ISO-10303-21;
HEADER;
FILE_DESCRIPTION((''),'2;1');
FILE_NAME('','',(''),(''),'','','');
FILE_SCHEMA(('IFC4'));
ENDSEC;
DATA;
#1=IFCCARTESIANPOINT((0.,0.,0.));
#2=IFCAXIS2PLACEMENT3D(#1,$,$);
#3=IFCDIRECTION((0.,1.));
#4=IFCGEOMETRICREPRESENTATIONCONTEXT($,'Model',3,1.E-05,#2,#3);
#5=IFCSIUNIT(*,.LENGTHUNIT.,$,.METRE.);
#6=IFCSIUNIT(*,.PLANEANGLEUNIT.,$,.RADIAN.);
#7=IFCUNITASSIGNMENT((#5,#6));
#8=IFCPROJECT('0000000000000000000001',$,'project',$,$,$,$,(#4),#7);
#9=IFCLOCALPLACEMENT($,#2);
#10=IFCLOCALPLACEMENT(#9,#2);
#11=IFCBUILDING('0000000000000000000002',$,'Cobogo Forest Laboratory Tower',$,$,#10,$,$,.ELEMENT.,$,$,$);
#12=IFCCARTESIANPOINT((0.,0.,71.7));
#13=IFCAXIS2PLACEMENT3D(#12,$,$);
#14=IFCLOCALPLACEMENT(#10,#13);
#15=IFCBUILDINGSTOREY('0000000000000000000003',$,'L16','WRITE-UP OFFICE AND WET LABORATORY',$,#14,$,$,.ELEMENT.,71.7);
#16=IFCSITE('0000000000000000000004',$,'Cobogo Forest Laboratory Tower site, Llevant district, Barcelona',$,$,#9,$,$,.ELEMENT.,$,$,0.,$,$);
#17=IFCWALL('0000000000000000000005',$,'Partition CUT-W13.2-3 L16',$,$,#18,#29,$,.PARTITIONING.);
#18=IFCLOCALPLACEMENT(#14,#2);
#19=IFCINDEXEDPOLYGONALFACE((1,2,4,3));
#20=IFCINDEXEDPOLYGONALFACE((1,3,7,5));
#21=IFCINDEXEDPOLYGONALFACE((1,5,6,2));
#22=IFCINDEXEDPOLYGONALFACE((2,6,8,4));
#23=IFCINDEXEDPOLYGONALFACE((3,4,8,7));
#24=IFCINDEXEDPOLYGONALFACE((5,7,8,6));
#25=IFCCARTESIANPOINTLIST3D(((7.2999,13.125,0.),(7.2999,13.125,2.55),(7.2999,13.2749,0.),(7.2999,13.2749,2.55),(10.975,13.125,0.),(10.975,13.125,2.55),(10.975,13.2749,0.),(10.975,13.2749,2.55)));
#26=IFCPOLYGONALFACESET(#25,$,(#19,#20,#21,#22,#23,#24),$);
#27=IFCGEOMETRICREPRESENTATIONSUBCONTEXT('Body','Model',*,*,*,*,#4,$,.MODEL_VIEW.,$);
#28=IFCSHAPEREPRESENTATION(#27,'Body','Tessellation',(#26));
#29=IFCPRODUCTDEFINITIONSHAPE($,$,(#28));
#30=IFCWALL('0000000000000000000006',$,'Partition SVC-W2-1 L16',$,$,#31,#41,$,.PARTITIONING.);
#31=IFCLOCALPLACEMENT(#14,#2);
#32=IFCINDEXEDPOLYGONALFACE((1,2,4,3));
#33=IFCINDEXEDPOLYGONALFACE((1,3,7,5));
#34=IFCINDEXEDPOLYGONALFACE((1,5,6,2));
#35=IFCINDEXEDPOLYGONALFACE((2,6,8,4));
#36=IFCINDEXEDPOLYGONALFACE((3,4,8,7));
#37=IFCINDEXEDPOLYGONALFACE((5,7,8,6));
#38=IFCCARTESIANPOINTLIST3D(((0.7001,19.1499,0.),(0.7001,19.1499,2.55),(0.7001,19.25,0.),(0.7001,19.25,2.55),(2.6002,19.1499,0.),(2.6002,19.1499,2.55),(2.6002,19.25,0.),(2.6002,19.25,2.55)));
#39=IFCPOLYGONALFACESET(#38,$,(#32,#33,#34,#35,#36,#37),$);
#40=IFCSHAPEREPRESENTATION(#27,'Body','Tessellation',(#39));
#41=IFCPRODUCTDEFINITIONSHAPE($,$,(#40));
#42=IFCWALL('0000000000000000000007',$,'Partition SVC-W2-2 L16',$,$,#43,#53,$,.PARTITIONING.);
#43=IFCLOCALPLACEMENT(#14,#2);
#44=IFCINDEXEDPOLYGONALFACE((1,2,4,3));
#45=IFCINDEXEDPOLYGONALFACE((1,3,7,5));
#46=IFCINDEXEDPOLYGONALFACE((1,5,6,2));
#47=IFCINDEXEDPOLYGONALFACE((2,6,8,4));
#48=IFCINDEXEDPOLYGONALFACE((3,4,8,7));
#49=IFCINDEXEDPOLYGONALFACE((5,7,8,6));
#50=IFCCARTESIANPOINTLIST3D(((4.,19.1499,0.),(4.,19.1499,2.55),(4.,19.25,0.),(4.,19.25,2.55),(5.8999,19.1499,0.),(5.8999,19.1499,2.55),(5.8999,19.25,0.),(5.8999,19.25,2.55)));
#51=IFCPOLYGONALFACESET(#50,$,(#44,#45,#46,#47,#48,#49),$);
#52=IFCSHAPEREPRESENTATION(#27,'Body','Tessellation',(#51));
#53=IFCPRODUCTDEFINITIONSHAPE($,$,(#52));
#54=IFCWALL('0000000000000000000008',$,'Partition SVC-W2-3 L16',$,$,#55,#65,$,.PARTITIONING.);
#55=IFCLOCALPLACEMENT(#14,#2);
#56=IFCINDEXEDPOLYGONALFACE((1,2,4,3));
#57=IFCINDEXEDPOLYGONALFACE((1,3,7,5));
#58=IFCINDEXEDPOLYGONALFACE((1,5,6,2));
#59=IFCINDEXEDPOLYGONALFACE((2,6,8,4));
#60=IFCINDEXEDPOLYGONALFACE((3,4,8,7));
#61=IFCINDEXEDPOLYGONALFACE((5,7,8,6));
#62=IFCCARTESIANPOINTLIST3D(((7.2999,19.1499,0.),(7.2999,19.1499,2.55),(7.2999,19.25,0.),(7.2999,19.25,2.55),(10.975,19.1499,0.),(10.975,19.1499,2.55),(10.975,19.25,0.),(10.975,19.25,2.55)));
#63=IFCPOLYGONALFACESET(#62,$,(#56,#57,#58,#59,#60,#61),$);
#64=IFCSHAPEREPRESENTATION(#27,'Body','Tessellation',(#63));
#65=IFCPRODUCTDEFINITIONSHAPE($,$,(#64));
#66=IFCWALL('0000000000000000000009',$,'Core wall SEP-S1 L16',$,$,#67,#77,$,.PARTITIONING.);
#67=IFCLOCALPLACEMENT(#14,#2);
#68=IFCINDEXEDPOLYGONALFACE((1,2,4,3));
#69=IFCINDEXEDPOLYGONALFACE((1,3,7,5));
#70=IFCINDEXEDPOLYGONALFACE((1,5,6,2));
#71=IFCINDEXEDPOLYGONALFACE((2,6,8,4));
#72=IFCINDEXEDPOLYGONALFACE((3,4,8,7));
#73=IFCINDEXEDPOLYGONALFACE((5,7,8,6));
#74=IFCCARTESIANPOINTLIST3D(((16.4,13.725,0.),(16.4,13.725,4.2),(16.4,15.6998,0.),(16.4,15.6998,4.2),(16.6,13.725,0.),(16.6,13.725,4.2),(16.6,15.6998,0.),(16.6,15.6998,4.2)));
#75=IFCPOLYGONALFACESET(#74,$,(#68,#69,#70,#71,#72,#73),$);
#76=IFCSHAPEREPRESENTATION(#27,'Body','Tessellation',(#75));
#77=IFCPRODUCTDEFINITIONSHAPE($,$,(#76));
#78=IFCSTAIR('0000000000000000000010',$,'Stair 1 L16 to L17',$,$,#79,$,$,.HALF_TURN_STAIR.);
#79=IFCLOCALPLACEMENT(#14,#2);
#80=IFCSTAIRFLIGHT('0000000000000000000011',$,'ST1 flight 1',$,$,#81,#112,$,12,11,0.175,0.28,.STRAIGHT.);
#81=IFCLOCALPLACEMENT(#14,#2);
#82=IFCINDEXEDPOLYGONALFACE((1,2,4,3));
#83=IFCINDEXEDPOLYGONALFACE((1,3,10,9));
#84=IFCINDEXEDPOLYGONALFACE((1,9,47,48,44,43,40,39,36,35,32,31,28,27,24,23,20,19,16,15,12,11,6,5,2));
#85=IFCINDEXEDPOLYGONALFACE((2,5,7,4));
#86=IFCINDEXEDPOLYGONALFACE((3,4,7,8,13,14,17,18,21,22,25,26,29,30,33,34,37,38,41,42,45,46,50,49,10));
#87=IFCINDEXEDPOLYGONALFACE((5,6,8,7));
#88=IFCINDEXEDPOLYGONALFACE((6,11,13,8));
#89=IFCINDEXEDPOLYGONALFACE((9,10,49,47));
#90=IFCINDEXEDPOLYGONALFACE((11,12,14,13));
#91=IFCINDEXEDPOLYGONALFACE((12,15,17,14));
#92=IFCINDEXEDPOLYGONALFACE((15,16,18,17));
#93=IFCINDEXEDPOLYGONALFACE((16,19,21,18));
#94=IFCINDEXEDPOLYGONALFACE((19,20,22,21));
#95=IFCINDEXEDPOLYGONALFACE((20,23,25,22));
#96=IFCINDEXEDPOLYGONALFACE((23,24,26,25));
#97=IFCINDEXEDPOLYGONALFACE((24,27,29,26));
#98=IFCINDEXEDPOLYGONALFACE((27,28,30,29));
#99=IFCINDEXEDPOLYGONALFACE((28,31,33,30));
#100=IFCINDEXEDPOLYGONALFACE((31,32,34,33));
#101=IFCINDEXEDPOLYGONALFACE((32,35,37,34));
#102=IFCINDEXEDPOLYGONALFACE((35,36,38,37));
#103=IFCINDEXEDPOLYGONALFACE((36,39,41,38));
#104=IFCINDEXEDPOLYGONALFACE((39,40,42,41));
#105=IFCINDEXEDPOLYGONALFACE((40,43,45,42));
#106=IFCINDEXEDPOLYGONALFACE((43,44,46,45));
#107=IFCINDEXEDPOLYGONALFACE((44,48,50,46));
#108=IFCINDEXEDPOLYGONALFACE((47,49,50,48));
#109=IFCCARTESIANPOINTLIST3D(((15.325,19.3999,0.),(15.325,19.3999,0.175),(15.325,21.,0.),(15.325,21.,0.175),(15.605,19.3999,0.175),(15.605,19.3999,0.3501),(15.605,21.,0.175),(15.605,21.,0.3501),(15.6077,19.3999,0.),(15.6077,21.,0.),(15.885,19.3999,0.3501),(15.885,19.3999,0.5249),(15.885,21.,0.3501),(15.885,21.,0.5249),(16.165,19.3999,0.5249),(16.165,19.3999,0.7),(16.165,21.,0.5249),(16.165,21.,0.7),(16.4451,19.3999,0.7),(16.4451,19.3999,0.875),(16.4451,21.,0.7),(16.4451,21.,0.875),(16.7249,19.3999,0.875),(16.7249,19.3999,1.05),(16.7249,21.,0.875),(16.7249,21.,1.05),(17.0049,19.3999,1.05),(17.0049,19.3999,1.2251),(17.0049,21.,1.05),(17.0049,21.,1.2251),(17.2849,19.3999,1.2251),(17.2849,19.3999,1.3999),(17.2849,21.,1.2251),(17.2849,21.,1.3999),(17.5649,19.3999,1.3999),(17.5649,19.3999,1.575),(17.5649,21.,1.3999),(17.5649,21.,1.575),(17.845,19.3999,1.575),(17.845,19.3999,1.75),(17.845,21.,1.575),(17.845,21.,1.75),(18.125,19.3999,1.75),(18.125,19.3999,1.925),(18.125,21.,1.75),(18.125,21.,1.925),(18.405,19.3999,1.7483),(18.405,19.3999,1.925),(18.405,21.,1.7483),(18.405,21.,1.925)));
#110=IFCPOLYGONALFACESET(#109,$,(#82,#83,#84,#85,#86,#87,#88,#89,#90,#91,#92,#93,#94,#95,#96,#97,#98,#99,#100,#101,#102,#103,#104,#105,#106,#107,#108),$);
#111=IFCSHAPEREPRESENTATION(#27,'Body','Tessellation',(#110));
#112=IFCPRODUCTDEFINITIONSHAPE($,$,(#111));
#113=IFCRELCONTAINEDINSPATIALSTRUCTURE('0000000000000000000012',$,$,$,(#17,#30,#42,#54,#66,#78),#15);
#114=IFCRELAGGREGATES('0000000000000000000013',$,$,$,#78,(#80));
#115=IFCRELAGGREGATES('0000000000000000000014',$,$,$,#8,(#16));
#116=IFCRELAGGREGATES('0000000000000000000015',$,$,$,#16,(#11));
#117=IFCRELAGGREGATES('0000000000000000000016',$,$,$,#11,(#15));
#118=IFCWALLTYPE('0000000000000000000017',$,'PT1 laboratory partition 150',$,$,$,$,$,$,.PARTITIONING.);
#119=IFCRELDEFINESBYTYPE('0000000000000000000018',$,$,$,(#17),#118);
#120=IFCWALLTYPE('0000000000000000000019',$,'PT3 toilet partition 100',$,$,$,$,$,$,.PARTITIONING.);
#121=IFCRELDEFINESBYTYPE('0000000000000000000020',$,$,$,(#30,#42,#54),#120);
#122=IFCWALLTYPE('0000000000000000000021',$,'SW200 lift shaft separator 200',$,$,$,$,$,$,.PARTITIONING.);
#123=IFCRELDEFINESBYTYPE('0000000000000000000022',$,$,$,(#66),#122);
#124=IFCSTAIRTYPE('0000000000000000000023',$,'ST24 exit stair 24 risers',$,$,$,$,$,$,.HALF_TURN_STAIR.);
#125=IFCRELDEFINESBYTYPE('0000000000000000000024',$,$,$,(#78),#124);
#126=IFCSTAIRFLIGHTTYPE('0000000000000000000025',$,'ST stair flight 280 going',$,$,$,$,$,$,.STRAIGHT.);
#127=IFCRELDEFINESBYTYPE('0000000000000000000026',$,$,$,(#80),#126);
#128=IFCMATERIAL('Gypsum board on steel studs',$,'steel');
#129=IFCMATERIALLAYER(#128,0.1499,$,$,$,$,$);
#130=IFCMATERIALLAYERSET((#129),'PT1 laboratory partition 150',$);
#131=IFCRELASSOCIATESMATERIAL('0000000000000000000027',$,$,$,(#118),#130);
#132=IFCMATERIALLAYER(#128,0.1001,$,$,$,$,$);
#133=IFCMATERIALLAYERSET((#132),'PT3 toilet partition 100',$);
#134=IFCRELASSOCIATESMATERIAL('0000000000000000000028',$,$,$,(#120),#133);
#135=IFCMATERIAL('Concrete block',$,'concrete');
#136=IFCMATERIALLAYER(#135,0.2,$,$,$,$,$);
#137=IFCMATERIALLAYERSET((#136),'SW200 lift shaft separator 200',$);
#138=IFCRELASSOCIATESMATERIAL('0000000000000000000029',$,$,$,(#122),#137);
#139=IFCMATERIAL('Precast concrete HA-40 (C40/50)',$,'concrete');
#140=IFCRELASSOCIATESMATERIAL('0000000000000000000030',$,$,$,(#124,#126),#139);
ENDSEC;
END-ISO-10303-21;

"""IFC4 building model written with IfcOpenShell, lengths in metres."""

from ifc_helpers import new_model, si_unit, direction, frame, frame_2d, origin, place, context, subcontext, project, spatial, polyline, rectangle, outline, extrude, material, layer, layer_set, type_object, element, aggregate, save


model = new_model("IFC4")

# Units and contexts
model_context = context("Model", 3, precision=1e-05, world=origin(), true_north=direction((0.0, 1.0)))
body_context = subcontext(model_context, "Body", "Model", "MODEL_VIEW")
ifc_project = project(units=[si_unit("LENGTHUNIT", "METRE"), si_unit("PLANEANGLEUNIT", "RADIAN")], contexts=[model_context])

# Site, building, storey
site_placement = place(None, origin())
site = spatial("IfcSite", under=ifc_project, at=site_placement, Name="Cobogo Forest Laboratory Tower site, Llevant district, Barcelona", CompositionType="ELEMENT", RefElevation=0.0)
building_placement = place(site_placement, origin())
building = spatial("IfcBuilding", under=site, at=building_placement, Name="Cobogo Forest Laboratory Tower", CompositionType="ELEMENT")
storey_placement = place(building_placement, frame((0.0, 0.0, 71.7)))
storey = spatial("IfcBuildingStorey", under=building, at=storey_placement, Name="L16", Description="WRITE-UP OFFICE AND WET LABORATORY", CompositionType="ELEMENT", Elevation=71.7)

# Walls
ifc_material_1 = material(Name="Gypsum board on steel studs", Category="steel")
ifc_layer_1 = layer(ifc_material_1, 0.1499)
ifc_layer_set_1 = layer_set([ifc_layer_1], Name="PT1 laboratory partition 150")
wall_type_1 = type_object("IfcWallType", Name="PT1 laboratory partition 150", PredefinedType="PARTITIONING", material=ifc_layer_set_1)
wall_1_placement = place(storey_placement, frame((7.3, 13.2, 0.0), z_axis=(0.0, 0.0, 1.0), x_axis=(1.0, 0.0, 0.0)))
element("IfcWall", 1, at=wall_1_placement, inside=storey, type_object=wall_type_1, Name="Partition CUT-W13.2-3 L16", PredefinedType="PARTITIONING", context=body_context, shape_type="SweptSolid", body=[
    extrude(rectangle(XDim=3.675, YDim=0.1499, at=frame_2d((1.8374, 0.0))), origin(), (0.0, 0.0, 1.0), 2.55),
])
ifc_layer_2 = layer(ifc_material_1, 0.1001)
ifc_layer_set_2 = layer_set([ifc_layer_2], Name="PT3 toilet partition 100")
wall_type_2 = type_object("IfcWallType", Name="PT3 toilet partition 100", PredefinedType="PARTITIONING", material=ifc_layer_set_2)
wall_2_placement = place(storey_placement, frame((0.7, 19.2, 0.0), z_axis=(0.0, 0.0, 1.0), x_axis=(1.0, 0.0, 0.0)))
element("IfcWall", 2, at=wall_2_placement, inside=storey, type_object=wall_type_2, Name="Partition SVC-W2-1 L16", PredefinedType="PARTITIONING", context=body_context, shape_type="SweptSolid", body=[
    extrude(rectangle(XDim=1.9001, YDim=0.1001, at=frame_2d((0.9502, 0.0))), origin(), (0.0, 0.0, 1.0), 2.55),
])
wall_3_placement = place(storey_placement, frame((4.0, 19.2, 0.0), z_axis=(0.0, 0.0, 1.0), x_axis=(1.0, 0.0, 0.0)))
element("IfcWall", 3, at=wall_3_placement, inside=storey, type_object=wall_type_2, Name="Partition SVC-W2-2 L16", PredefinedType="PARTITIONING", context=body_context, shape_type="SweptSolid", body=[
    extrude(rectangle(XDim=1.8999, YDim=0.1001, at=frame_2d((0.95, 0.0))), origin(), (0.0, 0.0, 1.0), 2.55),
])
wall_4_placement = place(storey_placement, frame((7.3, 19.2, 0.0), z_axis=(0.0, 0.0, 1.0), x_axis=(1.0, 0.0, 0.0)))
element("IfcWall", 4, at=wall_4_placement, inside=storey, type_object=wall_type_2, Name="Partition SVC-W2-3 L16", PredefinedType="PARTITIONING", context=body_context, shape_type="SweptSolid", body=[
    extrude(rectangle(XDim=3.675, YDim=0.1001, at=frame_2d((1.8374, 0.0))), origin(), (0.0, 0.0, 1.0), 2.55),
])
ifc_material_2 = material(Name="Concrete block", Category="concrete")
ifc_layer_3 = layer(ifc_material_2, 0.2)
ifc_layer_set_3 = layer_set([ifc_layer_3], Name="SW200 lift shaft separator 200")
wall_type_3 = type_object("IfcWallType", Name="SW200 lift shaft separator 200", PredefinedType="PARTITIONING", material=ifc_layer_set_3)
wall_5_placement = place(storey_placement, frame((16.5, 13.7251, 0.0), z_axis=(0.0, 0.0, 1.0), x_axis=(0.0, 1.0, 0.0)))
element("IfcWall", 5, at=wall_5_placement, inside=storey, type_object=wall_type_3, Name="Core wall SEP-S1 L16", PredefinedType="PARTITIONING", context=body_context, shape_type="SweptSolid", body=[
    extrude(rectangle(XDim=1.9749, YDim=0.2, at=frame_2d((0.9873, 0.0))), origin(), (0.0, 0.0, 1.0), 4.2),
])

# Stair, stair flight
ifc_material_3 = material(Name="Precast concrete HA-40 (C40/50)", Category="concrete")
stair_type = type_object("IfcStairType", Name="ST24 exit stair 24 risers", PredefinedType="HALF_TURN_STAIR", material=ifc_material_3)
stair_placement = place(storey_placement, origin())
stair = element("IfcStair", 6, at=stair_placement, inside=storey, type_object=stair_type, Name="Stair 1 L16 to L17", PredefinedType="HALF_TURN_STAIR")
stair_flight_type = type_object("IfcStairFlightType", Name="ST stair flight 280 going", PredefinedType="STRAIGHT", material=ifc_material_3)
stair_flight_placement = place(storey_placement, frame((15.325, 20.2, 0.0), z_axis=(0.0, 0.0, 1.0), x_axis=(1.0, 0.0, 0.0)))
stair_flight = element("IfcStairFlight", 7, at=stair_flight_placement, type_object=stair_flight_type, Name="ST1 flight 1", NumberOfRisers=12, NumberOfTreads=11, PredefinedType="STRAIGHT", RiserHeight=0.175, TreadLength=0.28, context=body_context, shape_type="SweptSolid", body=[
    extrude(outline(polyline([(0.0, 0.0), (0.0, 0.175), (0.28, 0.175), (0.28, 0.3501), (0.5601, 0.3501), (0.5601, 0.5249), (0.8401, 0.5249), (0.8401, 0.7), (1.1201, 0.7), (1.1201, 0.875), (1.3999, 0.875), (1.3999, 1.05), (1.6799, 1.05), (1.6799, 1.2251), (1.96, 1.2251), (1.96, 1.3999), (2.24, 1.3999), (2.24, 1.575), (2.52, 1.575), (2.52, 1.75), (2.8, 1.75), (2.8, 1.925), (3.0801, 1.925), (3.0801, 2.1001), (3.0801, 1.7483), (0.2827, 0.0), (0.0, 0.0)])), frame((0.0, 0.8, 0.0), z_axis=(0.0, -1.0, 0.0), x_axis=(1.0, 0.0, 0.0)), (0.0, 0.0, 1.0), 1.6001),
])
aggregate(stair, [stair_flight])

save(model, "model.ifc")
